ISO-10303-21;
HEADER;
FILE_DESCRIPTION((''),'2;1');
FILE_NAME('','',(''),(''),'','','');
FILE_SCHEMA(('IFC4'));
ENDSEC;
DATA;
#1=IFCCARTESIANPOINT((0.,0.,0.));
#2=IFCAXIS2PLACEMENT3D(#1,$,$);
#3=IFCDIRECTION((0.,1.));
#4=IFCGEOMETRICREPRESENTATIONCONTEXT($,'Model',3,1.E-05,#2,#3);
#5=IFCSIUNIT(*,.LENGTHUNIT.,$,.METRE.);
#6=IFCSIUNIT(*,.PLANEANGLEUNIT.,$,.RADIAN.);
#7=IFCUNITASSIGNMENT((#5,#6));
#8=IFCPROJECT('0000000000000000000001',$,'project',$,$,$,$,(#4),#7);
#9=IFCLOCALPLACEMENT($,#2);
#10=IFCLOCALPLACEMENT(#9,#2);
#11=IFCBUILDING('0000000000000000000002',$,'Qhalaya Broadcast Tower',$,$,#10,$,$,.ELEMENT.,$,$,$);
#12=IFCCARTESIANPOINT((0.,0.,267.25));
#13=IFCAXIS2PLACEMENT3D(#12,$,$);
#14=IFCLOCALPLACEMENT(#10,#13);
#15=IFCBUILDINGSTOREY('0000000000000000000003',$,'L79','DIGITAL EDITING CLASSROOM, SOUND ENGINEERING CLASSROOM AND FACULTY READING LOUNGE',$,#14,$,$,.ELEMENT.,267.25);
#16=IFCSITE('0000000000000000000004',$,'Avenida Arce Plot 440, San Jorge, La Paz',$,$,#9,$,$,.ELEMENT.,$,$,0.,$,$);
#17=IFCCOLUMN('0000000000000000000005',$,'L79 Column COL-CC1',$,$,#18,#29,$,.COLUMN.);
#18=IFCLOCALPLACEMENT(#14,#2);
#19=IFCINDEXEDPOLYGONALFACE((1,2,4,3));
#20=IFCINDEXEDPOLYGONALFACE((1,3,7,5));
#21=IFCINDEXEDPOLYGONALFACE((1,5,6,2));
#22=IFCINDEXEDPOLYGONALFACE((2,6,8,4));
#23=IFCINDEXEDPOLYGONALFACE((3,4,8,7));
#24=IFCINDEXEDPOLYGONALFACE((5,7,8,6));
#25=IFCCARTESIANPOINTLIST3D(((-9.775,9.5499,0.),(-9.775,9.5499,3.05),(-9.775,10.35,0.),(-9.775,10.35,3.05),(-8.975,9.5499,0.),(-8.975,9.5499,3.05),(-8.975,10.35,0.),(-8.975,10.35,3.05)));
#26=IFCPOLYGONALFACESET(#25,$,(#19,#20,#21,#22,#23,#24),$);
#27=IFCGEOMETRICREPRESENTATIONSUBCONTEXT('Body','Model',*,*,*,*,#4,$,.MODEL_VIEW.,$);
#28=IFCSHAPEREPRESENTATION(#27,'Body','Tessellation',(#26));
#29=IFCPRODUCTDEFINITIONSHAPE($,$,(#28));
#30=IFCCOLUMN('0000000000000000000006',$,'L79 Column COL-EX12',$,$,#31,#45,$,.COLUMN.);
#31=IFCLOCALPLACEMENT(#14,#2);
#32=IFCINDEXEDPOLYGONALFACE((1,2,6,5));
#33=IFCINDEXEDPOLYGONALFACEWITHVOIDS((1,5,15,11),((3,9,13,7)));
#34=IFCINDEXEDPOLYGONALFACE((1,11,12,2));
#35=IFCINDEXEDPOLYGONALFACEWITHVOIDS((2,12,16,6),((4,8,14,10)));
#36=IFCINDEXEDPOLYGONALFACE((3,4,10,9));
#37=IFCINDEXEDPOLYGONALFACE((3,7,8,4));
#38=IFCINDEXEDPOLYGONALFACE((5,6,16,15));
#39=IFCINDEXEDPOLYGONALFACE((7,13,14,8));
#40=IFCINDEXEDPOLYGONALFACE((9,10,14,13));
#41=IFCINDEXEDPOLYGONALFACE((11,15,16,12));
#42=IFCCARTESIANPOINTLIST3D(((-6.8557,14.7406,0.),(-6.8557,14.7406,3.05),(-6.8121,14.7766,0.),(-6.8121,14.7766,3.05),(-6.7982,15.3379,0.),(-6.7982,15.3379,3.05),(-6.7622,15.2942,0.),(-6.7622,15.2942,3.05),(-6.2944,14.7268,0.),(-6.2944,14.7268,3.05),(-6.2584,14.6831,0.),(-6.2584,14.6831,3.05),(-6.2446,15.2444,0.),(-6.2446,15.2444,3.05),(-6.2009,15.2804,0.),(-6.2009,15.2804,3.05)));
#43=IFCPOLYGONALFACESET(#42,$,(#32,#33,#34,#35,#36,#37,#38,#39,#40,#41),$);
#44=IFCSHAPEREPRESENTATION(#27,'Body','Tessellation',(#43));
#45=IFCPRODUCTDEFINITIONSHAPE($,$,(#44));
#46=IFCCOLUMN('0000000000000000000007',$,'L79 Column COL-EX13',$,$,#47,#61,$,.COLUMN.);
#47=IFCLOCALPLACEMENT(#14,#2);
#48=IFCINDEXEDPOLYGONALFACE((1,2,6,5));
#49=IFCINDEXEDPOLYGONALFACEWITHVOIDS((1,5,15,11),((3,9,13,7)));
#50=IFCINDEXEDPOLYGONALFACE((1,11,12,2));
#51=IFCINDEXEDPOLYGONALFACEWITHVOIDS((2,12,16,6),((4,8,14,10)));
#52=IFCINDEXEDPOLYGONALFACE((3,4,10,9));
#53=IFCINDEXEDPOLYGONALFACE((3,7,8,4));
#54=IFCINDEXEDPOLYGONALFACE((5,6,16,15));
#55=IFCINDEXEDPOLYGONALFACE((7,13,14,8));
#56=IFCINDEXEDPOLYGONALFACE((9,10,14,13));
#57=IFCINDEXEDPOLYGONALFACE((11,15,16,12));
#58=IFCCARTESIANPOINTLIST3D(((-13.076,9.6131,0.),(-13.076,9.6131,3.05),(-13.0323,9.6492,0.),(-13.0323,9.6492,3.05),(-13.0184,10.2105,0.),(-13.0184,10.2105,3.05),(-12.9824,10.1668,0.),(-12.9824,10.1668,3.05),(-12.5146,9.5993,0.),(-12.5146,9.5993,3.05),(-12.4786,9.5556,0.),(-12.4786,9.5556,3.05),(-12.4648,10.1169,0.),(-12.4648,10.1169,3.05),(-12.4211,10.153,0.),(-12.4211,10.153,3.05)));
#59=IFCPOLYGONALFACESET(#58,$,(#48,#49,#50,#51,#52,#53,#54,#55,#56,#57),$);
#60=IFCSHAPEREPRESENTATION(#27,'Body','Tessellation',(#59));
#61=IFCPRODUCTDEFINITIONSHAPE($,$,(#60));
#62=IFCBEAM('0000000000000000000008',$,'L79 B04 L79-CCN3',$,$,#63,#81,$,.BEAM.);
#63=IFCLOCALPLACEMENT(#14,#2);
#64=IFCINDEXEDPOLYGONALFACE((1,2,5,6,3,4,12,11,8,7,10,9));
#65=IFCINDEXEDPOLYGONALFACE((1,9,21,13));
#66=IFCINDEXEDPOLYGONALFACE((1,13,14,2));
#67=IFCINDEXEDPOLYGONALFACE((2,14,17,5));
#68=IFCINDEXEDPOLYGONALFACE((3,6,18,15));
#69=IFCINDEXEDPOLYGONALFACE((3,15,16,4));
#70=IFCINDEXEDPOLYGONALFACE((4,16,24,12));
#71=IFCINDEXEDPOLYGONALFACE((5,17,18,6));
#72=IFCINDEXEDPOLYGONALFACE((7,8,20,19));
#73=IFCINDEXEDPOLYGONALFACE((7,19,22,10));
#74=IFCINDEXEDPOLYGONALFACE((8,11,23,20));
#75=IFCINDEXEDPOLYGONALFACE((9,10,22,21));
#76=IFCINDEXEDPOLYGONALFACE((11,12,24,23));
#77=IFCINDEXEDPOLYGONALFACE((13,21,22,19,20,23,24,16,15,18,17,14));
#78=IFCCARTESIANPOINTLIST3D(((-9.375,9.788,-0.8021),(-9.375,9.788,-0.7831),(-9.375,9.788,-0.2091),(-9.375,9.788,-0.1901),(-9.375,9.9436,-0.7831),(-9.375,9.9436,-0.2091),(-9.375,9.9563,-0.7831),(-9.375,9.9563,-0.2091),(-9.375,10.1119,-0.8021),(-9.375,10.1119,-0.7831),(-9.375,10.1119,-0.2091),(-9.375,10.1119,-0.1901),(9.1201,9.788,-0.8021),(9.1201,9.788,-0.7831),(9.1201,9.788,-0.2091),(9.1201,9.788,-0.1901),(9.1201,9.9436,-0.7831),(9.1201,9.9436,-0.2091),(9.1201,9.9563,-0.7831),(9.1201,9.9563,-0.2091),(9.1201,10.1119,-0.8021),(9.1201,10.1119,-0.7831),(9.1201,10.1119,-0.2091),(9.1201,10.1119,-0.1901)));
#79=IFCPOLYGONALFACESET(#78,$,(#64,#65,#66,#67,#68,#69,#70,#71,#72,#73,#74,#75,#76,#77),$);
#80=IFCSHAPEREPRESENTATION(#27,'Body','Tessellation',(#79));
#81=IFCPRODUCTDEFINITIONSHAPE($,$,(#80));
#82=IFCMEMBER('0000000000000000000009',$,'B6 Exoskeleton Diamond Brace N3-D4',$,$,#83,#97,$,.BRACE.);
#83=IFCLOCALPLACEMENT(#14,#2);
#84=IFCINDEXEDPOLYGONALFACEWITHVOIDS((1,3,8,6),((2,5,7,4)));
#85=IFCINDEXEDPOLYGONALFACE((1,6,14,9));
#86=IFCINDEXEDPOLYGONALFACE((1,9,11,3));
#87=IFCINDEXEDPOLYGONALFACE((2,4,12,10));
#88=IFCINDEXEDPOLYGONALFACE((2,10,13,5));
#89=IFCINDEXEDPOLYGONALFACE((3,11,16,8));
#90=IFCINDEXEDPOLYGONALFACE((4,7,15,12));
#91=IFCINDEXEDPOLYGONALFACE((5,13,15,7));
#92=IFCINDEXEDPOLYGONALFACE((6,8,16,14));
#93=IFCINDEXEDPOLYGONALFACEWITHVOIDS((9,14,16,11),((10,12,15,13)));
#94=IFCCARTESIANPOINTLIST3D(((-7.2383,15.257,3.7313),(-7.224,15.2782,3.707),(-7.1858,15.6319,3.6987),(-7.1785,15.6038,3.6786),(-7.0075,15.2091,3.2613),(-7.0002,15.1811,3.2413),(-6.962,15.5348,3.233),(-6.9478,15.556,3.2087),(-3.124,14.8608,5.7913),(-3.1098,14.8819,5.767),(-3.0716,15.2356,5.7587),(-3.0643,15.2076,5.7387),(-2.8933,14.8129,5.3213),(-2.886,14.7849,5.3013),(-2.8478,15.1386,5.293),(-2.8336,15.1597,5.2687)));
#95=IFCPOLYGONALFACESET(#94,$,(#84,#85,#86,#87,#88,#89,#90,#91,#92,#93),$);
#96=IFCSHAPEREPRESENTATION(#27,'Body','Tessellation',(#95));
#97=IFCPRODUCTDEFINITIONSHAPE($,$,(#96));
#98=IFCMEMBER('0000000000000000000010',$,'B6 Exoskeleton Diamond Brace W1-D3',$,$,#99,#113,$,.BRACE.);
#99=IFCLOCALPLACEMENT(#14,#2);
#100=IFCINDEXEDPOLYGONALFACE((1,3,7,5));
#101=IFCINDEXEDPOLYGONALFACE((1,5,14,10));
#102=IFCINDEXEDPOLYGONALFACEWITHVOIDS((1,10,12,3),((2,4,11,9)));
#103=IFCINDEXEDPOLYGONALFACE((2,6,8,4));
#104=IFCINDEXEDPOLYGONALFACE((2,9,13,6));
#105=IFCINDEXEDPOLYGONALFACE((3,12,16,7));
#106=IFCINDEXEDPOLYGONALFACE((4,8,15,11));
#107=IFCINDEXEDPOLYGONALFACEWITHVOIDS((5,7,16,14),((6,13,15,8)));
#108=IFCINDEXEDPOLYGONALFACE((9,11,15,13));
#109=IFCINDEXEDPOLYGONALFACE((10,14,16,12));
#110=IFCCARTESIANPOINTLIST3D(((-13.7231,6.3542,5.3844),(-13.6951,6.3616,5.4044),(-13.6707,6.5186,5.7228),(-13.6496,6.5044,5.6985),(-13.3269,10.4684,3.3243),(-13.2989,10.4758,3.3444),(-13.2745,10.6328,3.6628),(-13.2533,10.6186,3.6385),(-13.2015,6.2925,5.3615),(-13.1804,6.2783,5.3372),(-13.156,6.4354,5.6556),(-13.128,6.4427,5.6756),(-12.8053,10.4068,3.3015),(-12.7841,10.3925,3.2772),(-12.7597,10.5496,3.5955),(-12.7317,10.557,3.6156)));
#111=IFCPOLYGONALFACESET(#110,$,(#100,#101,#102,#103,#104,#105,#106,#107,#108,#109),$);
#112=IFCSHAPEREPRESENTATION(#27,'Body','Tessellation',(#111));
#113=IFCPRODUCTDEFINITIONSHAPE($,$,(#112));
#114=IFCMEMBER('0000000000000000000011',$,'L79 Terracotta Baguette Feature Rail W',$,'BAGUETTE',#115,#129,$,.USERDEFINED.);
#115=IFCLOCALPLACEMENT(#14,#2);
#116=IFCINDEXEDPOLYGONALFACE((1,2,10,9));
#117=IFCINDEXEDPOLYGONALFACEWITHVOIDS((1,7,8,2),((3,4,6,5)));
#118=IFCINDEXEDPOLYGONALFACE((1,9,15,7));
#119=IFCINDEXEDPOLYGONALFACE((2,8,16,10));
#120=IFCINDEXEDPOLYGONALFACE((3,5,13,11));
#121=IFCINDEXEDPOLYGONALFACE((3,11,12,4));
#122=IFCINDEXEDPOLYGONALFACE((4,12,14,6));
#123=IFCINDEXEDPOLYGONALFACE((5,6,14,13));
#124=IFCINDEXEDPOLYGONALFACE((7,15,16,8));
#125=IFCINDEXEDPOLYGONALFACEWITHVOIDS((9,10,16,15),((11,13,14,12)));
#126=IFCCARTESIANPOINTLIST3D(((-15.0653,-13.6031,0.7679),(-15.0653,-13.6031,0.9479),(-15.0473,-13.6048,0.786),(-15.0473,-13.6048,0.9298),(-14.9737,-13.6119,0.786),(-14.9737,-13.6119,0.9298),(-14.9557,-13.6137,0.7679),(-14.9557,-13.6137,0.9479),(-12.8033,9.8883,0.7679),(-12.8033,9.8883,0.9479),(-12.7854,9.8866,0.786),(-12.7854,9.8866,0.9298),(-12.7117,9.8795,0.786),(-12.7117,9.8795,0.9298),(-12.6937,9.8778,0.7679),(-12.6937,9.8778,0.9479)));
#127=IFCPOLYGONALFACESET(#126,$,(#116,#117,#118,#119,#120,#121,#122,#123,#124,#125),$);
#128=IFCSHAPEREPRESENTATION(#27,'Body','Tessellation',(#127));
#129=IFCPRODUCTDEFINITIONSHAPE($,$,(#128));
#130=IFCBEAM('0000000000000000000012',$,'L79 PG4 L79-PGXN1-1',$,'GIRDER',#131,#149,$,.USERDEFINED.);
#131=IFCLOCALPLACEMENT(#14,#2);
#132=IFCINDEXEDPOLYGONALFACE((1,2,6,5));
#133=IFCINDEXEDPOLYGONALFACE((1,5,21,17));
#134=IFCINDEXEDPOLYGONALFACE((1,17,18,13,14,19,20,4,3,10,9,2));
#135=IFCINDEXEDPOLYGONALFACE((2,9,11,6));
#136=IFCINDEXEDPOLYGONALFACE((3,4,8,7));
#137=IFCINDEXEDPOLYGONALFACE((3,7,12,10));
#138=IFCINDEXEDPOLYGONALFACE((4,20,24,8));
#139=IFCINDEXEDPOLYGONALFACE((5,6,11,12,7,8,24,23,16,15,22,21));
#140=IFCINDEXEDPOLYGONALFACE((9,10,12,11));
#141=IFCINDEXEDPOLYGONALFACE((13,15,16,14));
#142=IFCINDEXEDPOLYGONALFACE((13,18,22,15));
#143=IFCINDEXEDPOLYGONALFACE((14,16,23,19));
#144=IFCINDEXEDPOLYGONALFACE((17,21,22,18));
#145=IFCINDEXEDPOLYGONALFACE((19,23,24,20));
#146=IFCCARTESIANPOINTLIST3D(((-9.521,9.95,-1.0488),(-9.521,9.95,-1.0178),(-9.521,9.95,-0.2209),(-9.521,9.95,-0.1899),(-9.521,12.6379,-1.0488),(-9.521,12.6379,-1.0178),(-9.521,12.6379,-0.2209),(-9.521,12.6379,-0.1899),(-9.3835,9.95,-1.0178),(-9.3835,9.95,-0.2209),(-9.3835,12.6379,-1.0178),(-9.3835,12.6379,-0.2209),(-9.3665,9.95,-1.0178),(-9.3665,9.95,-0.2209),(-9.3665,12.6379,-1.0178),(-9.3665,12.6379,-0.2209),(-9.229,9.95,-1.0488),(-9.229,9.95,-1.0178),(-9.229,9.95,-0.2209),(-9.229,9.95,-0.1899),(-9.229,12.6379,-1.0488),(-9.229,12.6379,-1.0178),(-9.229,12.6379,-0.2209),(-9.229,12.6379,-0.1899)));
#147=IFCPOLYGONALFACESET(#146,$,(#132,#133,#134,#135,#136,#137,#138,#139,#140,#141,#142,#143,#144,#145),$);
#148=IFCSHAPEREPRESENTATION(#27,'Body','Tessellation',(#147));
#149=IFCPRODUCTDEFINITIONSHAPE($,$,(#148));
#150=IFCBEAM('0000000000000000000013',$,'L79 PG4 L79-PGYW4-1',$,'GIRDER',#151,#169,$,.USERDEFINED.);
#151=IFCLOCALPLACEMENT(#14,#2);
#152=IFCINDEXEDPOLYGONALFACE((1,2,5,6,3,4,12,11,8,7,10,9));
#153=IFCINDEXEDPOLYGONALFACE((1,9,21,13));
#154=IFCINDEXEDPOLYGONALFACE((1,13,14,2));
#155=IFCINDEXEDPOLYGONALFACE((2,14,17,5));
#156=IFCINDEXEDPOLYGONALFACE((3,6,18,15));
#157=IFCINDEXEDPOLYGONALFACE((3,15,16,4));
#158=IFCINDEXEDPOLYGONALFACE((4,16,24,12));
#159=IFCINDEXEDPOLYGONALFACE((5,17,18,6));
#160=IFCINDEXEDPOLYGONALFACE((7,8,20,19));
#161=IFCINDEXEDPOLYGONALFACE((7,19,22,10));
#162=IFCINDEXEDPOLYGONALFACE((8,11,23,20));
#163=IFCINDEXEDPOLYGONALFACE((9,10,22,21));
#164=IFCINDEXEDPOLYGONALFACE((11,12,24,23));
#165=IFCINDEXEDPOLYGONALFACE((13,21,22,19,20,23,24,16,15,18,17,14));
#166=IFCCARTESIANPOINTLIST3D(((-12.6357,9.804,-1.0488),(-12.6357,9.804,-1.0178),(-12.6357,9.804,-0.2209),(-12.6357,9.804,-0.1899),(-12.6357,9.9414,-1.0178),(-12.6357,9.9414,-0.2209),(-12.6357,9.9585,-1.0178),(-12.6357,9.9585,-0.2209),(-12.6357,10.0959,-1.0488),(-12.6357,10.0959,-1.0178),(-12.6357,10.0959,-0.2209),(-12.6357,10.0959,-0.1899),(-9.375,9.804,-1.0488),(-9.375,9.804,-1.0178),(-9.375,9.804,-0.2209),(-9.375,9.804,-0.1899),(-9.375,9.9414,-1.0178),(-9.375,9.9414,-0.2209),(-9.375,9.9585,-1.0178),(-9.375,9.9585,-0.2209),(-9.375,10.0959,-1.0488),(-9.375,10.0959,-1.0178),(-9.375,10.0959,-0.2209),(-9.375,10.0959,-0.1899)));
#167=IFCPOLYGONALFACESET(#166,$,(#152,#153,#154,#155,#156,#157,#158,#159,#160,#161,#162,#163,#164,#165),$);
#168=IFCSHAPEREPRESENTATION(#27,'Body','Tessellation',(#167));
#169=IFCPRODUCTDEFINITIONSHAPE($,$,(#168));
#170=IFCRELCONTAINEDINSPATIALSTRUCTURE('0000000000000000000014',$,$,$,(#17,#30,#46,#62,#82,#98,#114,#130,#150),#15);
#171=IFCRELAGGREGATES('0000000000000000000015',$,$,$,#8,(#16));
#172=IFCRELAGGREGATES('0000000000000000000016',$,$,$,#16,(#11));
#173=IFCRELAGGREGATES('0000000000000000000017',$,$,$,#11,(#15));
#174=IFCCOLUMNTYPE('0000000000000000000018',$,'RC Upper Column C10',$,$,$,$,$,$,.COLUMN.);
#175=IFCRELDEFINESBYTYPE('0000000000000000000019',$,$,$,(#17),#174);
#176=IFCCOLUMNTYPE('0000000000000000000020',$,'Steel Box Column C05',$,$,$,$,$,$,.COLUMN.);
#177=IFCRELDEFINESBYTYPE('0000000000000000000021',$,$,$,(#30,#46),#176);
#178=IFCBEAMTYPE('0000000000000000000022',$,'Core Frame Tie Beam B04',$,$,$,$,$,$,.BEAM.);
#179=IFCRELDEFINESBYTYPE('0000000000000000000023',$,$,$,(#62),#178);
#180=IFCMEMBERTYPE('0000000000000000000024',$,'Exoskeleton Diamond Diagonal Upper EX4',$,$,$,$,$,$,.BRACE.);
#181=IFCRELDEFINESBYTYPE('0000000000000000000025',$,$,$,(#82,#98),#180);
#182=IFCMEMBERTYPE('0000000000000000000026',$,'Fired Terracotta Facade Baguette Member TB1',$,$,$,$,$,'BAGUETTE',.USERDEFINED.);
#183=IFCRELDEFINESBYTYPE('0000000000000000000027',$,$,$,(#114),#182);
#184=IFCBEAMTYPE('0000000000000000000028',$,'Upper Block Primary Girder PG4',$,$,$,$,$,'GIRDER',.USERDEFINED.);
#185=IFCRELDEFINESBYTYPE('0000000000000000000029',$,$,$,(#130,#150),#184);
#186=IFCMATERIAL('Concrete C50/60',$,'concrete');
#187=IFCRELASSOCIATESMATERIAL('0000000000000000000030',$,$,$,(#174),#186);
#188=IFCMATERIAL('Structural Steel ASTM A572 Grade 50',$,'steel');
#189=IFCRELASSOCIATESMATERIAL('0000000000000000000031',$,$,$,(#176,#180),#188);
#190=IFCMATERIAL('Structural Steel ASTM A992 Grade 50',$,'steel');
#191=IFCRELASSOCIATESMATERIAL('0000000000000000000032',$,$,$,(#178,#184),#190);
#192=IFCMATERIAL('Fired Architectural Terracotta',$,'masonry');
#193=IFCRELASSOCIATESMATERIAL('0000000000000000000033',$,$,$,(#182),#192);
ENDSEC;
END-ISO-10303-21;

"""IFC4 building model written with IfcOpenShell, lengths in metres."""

from ifc_helpers import new_model, si_unit, direction, frame, origin, origin_2d, place, context, subcontext, project, spatial, rectangle, hollow_rectangle, i_section, extrude, material, material_profile, profile_set, type_object, element, save


model = new_model("IFC4")

# Units and contexts
model_context = context("Model", 3, precision=1e-05, world=origin(), true_north=direction((0.0, 1.0)))
body_context = subcontext(model_context, "Body", "Model", "MODEL_VIEW")
ifc_project = project(units=[si_unit("LENGTHUNIT", "METRE"), si_unit("PLANEANGLEUNIT", "RADIAN")], contexts=[model_context])

# Site, building, storey
site_placement = place(None, origin())
site = spatial("IfcSite", under=ifc_project, at=site_placement, Name="Avenida Arce Plot 440, San Jorge, La Paz", CompositionType="ELEMENT", RefElevation=0.0)
building_placement = place(site_placement, origin())
building = spatial("IfcBuilding", under=site, at=building_placement, Name="Qhalaya Broadcast Tower", CompositionType="ELEMENT")
storey_placement = place(building_placement, frame((0.0, 0.0, 267.25)))
storey = spatial("IfcBuildingStorey", under=building, at=storey_placement, Name="L79", Description="DIGITAL EDITING CLASSROOM, SOUND ENGINEERING CLASSROOM AND FACULTY READING LOUNGE", CompositionType="ELEMENT", Elevation=267.25)

# Columns
ifc_material_1 = material(Name="Concrete C50/60", Category="concrete")
ifc_material_profile_1 = material_profile(ifc_material_1, rectangle(XDim=0.8, YDim=0.8, at=origin_2d()), Name="RC-COL 800x800")
ifc_profile_set_1 = profile_set([ifc_material_profile_1], Name="Concrete C50/60")
column_type_1 = type_object("IfcColumnType", Name="RC Upper Column C10", PredefinedType="COLUMN", material=ifc_profile_set_1)
column_placement = place(storey_placement, frame((-9.375, 9.95, 0.0), z_axis=(0.0, 0.0, 1.0), x_axis=(1.0, 0.0, 0.0)))
element("IfcColumn", 1, at=column_placement, inside=storey, type_object=column_type_1, Name="L79 Column COL-CC1", PredefinedType="COLUMN", context=body_context, shape_type="SweptSolid", body=[
    extrude(rectangle(XDim=0.8, YDim=0.8, at=origin_2d()), origin(), (0.0, 0.0, 1.0), 3.05),
])
ifc_material_2 = material(Name="Structural Steel ASTM A572 Grade 50", Category="steel")
ifc_material_profile_2 = material_profile(ifc_material_2, hollow_rectangle(XDim=0.6001, YDim=0.6001, WallThickness=0.04, at=origin_2d()), Name="BOX 600x600x40")
ifc_profile_set_2 = profile_set([ifc_material_profile_2], Name="Structural Steel ASTM A572 Grade 50")
column_type_2 = type_object("IfcColumnType", Name="Steel Box Column C05", PredefinedType="COLUMN", material=ifc_profile_set_2)
for number, where, z_axis, x_axis, name in (
    (2, (-6.5283, 15.0105, 0.0), (0.0, 0.0, 1.0), (0.995396, -0.095846, 0.0), "L79 Column COL-EX12"),
    (3, (-12.7485, 9.8831, 0.0), (0.0, 0.0, 1.0), (0.095846, 0.995396, 0.0), "L79 Column COL-EX13"),
):
    element("IfcColumn", number, at=place(storey_placement, frame(where, z_axis=z_axis, x_axis=x_axis)), inside=storey, type_object=column_type_2, Name=name, PredefinedType="COLUMN", context=body_context, shape_type="SweptSolid", body=[
        extrude(hollow_rectangle(XDim=0.6001, YDim=0.6001, WallThickness=0.04, at=origin_2d()), origin(), (0.0, 0.0, 1.0), 3.05),
    ])

# Beam
ifc_material_3 = material(Name="Structural Steel ASTM A992 Grade 50", Category="steel")
ifc_material_profile_3 = material_profile(ifc_material_3, i_section(OverallWidth=0.324, OverallDepth=0.6121, WebThickness=0.0127, FlangeThickness=0.019, at=origin_2d()), Name="W24X104")
ifc_profile_set_3 = profile_set([ifc_material_profile_3], Name="Structural Steel ASTM A992 Grade 50")
beam_type_1 = type_object("IfcBeamType", Name="Core Frame Tie Beam B04", PredefinedType="BEAM", material=ifc_profile_set_3)
beam_1_placement = place(storey_placement, frame((-9.375, 9.95, -0.4961), z_axis=(1.0, 0.0, 0.0), x_axis=(0.0, 1.0, 0.0)))
element("IfcBeam", 4, at=beam_1_placement, inside=storey, type_object=beam_type_1, Name="L79 B04 L79-CCN3", PredefinedType="BEAM", context=body_context, shape_type="SweptSolid", body=[
    extrude(i_section(OverallWidth=0.324, OverallDepth=0.6121, WebThickness=0.0127, FlangeThickness=0.019, at=origin_2d()), origin(), (0.0, 0.0, 1.0), 18.4951),
])

# Members
ifc_material_profile_4 = material_profile(ifc_material_2, hollow_rectangle(XDim=0.3799, YDim=0.55, WallThickness=0.0249, at=origin_2d()), Name="BOX 380x550x25")
ifc_profile_set_4 = profile_set([ifc_material_profile_4], Name="Structural Steel ASTM A572 Grade 50")
member_type_1 = type_object("IfcMemberType", Name="Exoskeleton Diamond Diagonal Upper EX4", PredefinedType="BRACE", material=ifc_profile_set_4)
for number, where, z_axis, x_axis, name in (
    (5, (-7.093, 15.4065, 3.47), (0.890875, -0.085799, 0.446072), (0.137981, 0.986713, -0.085782), "B6 Exoskeleton Diamond Brace N3-D4"),
    (6, (-13.0293, 10.5127, 3.47), (-0.085799, -0.890875, 0.446072), (0.13797, 0.432785, 0.890877), "B6 Exoskeleton Diamond Brace W1-D3"),
):
    element("IfcMember", number, at=place(storey_placement, frame(where, z_axis=z_axis, x_axis=x_axis)), inside=storey, type_object=member_type_1, Name=name, PredefinedType="BRACE", context=body_context, shape_type="SweptSolid", body=[
        extrude(hollow_rectangle(XDim=0.3799, YDim=0.55, WallThickness=0.0249, at=origin_2d()), origin(), (0.0, 0.0, 1.0), 4.6182),
    ])
ifc_material_4 = material(Name="Fired Architectural Terracotta", Category="masonry")
ifc_material_profile_5 = material_profile(ifc_material_4, hollow_rectangle(XDim=0.1101, YDim=0.1799, WallThickness=0.0181, at=origin_2d()), Name="TB-BAG 110x180x18")
ifc_profile_set_5 = profile_set([ifc_material_profile_5], Name="Fired Architectural Terracotta")
member_type_2 = type_object("IfcMemberType", Name="Fired Terracotta Facade Baguette Member TB1", ElementType="BAGUETTE", PredefinedType="USERDEFINED", material=ifc_profile_set_5)
member_placement = place(storey_placement, frame((-12.7485, 9.8831, 0.8579), z_axis=(-0.095845, -0.995396, 0.0), x_axis=(0.995396, -0.095845, 0.0)))
element("IfcMember", 7, at=member_placement, inside=storey, type_object=member_type_2, Name="L79 Terracotta Baguette Feature Rail W", ObjectType="BAGUETTE", PredefinedType="USERDEFINED", context=body_context, shape_type="SweptSolid", body=[
    extrude(hollow_rectangle(XDim=0.1101, YDim=0.1799, WallThickness=0.0181, at=origin_2d()), origin(), (0.0, 0.0, 1.0), 23.6001),
])

# Beams
ifc_material_profile_6 = material_profile(ifc_material_3, i_section(OverallWidth=0.292, OverallDepth=0.8589, WebThickness=0.0171, FlangeThickness=0.031, at=origin_2d()), Name="W33X169")
ifc_profile_set_6 = profile_set([ifc_material_profile_6], Name="Structural Steel ASTM A992 Grade 50")
beam_type_2 = type_object("IfcBeamType", Name="Upper Block Primary Girder PG4", ElementType="GIRDER", PredefinedType="USERDEFINED", material=ifc_profile_set_6)
beam_2_placement = place(storey_placement, frame((-9.375, 9.95, -0.6194), z_axis=(0.0, 1.0, 0.0), x_axis=(-1.0, 0.0, 0.0)))
element("IfcBeam", 8, at=beam_2_placement, inside=storey, type_object=beam_type_2, Name="L79 PG4 L79-PGXN1-1", ObjectType="GIRDER", PredefinedType="USERDEFINED", context=body_context, shape_type="SweptSolid", body=[
    extrude(i_section(OverallWidth=0.292, OverallDepth=0.8589, WebThickness=0.0171, FlangeThickness=0.031, at=origin_2d()), origin(), (0.0, 0.0, 1.0), 2.688),
])
beam_3_placement = place(storey_placement, frame((-12.6357, 9.95, -0.6194), z_axis=(1.0, 0.0, 0.0), x_axis=(0.0, 1.0, 0.0)))
element("IfcBeam", 9, at=beam_3_placement, inside=storey, type_object=beam_type_2, Name="L79 PG4 L79-PGYW4-1", ObjectType="GIRDER", PredefinedType="USERDEFINED", context=body_context, shape_type="SweptSolid", body=[
    extrude(i_section(OverallWidth=0.292, OverallDepth=0.8589, WebThickness=0.0171, FlangeThickness=0.031, at=origin_2d()), origin(), (0.0, 0.0, 1.0), 3.2607),
])

save(model, "model.ifc")
